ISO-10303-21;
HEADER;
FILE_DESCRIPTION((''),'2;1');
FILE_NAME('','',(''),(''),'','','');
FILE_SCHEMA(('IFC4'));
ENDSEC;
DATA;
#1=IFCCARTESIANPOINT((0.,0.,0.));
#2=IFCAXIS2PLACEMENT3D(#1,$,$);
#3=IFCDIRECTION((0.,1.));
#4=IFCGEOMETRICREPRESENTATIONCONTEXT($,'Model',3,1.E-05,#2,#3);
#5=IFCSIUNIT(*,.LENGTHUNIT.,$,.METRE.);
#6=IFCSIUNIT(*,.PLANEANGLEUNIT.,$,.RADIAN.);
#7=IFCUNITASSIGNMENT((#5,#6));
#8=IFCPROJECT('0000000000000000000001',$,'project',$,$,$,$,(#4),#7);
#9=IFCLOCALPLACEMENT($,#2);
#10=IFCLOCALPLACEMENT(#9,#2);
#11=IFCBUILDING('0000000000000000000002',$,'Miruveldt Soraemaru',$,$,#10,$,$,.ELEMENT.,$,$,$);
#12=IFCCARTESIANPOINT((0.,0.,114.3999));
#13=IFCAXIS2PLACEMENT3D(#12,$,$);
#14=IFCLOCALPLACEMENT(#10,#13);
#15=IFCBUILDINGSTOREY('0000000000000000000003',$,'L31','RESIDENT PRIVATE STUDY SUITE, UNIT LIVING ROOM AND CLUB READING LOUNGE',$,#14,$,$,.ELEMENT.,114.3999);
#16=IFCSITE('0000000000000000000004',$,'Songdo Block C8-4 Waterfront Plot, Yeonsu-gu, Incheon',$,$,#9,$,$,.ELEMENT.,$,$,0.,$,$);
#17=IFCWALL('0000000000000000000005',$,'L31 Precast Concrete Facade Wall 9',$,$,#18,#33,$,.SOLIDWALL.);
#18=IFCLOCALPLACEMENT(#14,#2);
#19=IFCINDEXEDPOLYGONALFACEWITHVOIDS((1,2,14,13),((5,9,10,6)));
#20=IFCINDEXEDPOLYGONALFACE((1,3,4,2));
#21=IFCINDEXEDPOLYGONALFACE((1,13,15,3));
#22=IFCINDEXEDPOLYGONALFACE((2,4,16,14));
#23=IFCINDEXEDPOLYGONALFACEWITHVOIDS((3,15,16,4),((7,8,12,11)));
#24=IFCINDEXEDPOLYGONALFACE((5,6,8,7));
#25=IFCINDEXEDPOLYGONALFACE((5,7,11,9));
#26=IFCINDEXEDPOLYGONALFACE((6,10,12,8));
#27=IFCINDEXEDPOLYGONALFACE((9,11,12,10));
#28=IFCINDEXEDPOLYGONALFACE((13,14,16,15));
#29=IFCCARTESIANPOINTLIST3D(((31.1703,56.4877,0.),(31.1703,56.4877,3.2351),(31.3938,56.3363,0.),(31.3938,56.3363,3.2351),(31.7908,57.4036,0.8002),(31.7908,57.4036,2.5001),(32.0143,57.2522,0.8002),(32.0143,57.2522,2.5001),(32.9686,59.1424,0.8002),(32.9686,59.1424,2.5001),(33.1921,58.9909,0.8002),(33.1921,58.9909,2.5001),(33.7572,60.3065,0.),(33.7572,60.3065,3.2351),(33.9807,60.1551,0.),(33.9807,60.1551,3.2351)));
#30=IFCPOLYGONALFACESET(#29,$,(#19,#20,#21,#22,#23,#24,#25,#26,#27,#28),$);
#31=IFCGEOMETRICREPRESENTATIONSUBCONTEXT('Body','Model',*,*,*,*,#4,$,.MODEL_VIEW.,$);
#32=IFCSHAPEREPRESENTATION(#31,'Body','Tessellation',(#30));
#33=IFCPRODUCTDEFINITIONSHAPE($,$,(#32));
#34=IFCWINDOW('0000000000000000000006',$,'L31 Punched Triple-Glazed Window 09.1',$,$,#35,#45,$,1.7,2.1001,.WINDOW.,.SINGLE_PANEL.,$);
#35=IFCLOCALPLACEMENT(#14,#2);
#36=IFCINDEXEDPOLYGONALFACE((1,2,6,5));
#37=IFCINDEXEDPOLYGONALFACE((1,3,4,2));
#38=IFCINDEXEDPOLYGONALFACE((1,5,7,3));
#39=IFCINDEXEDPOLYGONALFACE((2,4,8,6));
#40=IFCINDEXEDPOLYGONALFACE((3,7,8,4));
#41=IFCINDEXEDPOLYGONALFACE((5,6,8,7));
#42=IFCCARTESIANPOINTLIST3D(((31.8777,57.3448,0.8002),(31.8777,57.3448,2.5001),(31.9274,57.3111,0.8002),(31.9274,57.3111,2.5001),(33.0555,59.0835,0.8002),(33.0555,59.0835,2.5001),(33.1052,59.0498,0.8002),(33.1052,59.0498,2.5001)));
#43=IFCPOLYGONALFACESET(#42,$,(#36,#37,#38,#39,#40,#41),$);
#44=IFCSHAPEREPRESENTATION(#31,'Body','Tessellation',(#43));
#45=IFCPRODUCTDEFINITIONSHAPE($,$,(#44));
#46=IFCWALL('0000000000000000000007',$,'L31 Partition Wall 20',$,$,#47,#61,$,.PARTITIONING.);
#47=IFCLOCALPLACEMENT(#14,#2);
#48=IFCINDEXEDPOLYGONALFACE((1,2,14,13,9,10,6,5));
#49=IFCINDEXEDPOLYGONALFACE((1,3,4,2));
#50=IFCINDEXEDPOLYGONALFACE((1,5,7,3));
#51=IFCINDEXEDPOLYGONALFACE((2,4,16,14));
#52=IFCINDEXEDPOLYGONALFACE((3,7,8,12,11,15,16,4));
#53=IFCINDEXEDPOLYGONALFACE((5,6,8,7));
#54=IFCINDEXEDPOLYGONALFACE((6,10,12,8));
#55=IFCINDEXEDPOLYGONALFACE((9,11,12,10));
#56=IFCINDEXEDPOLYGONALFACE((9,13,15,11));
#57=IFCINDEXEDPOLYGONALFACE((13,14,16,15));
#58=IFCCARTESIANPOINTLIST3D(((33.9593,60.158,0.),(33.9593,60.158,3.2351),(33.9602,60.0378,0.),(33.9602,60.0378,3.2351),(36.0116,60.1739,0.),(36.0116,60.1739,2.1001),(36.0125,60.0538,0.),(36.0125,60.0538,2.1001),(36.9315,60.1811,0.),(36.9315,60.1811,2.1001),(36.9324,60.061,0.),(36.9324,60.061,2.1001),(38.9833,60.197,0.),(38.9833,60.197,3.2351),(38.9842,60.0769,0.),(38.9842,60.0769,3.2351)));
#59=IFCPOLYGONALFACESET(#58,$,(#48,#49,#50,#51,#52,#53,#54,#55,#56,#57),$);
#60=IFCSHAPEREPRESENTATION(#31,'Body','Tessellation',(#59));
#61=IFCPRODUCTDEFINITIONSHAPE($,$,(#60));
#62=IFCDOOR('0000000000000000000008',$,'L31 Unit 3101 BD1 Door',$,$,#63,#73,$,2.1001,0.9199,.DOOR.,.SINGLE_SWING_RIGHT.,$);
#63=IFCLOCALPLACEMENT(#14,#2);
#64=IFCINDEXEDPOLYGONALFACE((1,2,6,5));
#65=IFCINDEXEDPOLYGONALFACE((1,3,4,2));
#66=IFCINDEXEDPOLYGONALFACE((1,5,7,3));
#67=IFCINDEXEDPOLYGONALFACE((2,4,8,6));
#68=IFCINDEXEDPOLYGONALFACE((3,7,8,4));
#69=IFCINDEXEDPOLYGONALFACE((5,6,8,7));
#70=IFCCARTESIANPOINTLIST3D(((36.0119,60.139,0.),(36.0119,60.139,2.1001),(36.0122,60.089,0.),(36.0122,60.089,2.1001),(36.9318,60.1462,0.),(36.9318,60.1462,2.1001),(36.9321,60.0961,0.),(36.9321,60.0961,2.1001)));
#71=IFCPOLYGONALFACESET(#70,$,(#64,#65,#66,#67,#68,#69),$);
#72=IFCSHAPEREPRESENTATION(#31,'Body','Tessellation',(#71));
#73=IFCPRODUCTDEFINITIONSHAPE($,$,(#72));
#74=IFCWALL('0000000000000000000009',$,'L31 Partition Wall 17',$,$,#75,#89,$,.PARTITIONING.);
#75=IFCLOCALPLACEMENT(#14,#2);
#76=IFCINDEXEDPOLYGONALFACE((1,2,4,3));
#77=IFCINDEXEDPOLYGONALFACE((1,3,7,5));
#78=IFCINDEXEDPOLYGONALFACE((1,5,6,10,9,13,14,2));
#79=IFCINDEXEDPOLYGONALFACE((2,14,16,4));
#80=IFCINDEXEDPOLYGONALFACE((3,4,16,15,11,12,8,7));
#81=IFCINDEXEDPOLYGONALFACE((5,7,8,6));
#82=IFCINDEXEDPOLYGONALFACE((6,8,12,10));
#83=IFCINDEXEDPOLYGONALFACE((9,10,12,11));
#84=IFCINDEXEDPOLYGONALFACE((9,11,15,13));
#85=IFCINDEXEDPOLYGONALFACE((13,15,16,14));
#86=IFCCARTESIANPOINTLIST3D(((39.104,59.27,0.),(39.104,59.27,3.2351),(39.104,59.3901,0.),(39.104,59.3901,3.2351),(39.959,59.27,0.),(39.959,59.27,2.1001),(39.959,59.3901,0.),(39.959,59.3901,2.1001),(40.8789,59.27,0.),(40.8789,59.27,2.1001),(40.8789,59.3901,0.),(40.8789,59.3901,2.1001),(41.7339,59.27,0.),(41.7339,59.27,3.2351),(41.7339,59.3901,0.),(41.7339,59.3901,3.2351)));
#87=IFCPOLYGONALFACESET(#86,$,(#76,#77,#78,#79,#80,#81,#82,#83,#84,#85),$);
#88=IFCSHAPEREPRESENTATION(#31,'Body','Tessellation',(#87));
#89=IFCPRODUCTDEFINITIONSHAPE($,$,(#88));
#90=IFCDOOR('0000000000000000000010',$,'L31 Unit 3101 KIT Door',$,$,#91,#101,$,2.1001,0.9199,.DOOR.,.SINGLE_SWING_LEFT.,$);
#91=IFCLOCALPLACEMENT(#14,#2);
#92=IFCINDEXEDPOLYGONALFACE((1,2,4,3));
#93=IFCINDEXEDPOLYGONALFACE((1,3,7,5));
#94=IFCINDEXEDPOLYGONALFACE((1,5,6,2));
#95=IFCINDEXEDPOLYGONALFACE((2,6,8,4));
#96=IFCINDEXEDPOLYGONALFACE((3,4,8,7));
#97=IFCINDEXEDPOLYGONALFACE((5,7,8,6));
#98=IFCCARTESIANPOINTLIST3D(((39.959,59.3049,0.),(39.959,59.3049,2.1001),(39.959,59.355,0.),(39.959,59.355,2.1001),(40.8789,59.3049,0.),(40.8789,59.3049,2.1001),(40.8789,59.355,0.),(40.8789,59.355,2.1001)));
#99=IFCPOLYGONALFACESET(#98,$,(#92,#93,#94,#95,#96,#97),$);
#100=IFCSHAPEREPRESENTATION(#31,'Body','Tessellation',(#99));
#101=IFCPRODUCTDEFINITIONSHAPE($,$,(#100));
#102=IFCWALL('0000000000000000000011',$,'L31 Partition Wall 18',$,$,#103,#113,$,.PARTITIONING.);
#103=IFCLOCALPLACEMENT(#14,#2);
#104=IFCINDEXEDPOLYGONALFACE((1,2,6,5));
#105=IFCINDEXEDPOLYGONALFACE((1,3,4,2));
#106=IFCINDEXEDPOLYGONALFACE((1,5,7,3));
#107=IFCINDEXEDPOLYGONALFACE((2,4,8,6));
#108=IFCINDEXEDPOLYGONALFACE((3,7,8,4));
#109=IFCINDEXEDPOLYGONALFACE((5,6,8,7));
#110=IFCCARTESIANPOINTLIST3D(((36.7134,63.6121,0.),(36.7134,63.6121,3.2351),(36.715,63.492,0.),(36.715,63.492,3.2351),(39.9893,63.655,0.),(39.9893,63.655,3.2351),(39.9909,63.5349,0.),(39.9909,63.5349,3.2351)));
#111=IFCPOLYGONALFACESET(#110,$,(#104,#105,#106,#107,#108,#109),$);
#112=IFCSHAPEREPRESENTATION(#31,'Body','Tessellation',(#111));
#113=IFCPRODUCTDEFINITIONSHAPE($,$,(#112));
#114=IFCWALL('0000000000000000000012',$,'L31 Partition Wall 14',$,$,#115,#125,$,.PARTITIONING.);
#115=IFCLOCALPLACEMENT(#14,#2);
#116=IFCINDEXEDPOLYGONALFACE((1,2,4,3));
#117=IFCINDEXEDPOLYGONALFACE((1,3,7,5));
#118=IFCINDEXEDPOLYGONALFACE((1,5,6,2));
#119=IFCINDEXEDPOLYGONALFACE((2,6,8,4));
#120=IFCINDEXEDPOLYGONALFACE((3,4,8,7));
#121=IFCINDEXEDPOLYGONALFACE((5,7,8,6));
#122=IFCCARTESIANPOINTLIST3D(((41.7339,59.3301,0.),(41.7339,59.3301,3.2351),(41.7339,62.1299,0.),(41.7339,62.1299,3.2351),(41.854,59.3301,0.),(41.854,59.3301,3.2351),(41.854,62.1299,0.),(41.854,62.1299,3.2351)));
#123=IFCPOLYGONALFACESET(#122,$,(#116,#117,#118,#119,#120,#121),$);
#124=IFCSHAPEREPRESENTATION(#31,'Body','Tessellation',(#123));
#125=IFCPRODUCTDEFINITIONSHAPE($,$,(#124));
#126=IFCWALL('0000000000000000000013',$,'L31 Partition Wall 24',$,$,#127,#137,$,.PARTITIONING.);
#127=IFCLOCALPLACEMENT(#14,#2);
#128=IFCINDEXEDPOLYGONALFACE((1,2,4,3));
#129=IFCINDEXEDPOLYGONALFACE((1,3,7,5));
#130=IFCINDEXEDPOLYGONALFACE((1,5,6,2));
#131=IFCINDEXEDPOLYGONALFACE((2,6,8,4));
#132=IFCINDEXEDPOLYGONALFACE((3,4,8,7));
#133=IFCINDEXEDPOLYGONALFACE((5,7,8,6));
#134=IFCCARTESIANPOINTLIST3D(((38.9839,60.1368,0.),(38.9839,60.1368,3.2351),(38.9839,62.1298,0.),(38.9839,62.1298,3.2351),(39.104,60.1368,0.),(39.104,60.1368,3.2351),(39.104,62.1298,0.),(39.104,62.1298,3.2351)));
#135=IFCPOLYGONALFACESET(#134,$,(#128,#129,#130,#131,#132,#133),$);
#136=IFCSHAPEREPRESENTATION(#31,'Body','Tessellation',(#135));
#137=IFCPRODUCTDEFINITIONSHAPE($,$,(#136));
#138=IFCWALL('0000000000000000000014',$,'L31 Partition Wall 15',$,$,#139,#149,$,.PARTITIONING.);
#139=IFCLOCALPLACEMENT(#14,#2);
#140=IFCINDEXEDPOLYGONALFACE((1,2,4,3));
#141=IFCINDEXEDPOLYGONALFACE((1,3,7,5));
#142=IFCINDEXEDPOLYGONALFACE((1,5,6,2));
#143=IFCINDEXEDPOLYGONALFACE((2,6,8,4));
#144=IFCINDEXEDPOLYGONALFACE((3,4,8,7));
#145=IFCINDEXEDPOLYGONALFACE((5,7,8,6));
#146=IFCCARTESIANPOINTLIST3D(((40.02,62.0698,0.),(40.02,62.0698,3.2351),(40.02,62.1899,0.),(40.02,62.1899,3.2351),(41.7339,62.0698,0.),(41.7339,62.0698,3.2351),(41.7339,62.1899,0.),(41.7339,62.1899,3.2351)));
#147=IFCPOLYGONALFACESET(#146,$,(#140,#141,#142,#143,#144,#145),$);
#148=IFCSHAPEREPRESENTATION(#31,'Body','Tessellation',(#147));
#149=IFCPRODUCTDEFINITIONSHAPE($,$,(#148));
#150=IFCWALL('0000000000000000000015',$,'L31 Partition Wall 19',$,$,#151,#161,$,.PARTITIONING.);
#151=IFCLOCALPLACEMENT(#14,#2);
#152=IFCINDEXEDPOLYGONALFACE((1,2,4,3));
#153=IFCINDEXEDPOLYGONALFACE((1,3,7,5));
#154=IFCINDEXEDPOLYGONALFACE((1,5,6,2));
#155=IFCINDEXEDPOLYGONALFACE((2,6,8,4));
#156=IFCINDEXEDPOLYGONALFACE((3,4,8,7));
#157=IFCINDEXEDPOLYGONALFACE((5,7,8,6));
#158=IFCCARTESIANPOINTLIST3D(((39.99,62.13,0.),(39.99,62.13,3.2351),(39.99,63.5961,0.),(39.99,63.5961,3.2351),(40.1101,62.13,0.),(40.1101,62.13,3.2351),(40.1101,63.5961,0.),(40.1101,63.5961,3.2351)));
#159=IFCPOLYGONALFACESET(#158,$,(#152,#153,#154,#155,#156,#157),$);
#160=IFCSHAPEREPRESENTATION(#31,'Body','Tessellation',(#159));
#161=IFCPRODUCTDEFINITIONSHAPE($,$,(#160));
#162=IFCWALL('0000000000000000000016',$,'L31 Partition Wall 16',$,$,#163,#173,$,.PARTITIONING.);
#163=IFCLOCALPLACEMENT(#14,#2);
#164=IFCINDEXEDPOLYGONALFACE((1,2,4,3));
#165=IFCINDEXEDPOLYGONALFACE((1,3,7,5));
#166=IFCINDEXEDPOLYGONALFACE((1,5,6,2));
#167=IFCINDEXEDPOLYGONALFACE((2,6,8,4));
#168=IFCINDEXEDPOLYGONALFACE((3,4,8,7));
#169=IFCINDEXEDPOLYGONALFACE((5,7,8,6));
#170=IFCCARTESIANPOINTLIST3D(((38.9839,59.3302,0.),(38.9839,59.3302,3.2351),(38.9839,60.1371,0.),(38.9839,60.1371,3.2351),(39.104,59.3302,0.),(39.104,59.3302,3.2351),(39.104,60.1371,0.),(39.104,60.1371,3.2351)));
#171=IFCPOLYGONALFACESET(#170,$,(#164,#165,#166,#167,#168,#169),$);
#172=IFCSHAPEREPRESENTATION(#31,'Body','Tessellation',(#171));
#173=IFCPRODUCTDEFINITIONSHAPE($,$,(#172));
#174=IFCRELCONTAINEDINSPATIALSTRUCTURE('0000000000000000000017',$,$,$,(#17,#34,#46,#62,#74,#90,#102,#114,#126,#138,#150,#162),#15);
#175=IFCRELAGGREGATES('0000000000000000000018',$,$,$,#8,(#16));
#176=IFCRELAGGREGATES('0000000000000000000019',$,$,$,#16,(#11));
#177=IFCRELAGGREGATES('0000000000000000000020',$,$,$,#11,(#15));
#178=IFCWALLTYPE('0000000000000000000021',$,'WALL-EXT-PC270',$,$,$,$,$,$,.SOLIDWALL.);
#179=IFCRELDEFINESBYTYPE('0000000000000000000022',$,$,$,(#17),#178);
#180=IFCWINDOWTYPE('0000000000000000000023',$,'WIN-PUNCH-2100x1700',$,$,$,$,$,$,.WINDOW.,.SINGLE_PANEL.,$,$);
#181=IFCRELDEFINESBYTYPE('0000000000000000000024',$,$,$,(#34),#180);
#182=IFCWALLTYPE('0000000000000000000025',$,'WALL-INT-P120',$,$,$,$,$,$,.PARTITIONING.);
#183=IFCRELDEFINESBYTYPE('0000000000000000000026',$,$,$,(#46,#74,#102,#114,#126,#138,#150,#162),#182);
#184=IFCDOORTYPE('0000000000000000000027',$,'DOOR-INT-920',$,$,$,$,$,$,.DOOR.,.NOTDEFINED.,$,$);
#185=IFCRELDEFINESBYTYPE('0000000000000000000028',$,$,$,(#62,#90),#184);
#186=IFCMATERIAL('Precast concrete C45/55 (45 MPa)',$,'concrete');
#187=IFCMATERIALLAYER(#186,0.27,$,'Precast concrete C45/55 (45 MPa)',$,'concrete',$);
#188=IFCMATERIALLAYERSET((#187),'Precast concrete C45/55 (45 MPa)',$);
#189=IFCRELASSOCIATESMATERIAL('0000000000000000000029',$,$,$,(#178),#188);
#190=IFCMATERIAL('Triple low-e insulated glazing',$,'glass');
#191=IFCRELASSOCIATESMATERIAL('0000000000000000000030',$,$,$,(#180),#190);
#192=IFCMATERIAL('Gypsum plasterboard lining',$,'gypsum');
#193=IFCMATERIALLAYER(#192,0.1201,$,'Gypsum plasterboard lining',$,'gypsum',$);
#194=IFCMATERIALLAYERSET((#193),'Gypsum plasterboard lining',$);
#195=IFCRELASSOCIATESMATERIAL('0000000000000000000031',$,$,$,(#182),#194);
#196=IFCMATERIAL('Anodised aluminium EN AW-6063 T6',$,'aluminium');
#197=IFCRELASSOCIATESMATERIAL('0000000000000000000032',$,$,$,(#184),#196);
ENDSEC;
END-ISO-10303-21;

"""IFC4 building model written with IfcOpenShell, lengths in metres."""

from ifc_helpers import new_model, si_unit, direction, frame, frame_2d, origin, place, context, subcontext, project, spatial, rectangle, extrude, material, layer, layer_set, type_object, element, fill, save


model = new_model("IFC4")

# Units and contexts
model_context = context("Model", 3, precision=1e-05, world=origin(), true_north=direction((0.0, 1.0)))
body_context = subcontext(model_context, "Body", "Model", "MODEL_VIEW")
ifc_project = project(units=[si_unit("LENGTHUNIT", "METRE"), si_unit("PLANEANGLEUNIT", "RADIAN")], contexts=[model_context])

# Site, building, storey
site_placement = place(None, origin())
site = spatial("IfcSite", under=ifc_project, at=site_placement, Name="Songdo Block C8-4 Waterfront Plot, Yeonsu-gu, Incheon", CompositionType="ELEMENT", RefElevation=0.0)
building_placement = place(site_placement, origin())
building = spatial("IfcBuilding", under=site, at=building_placement, Name="Miruveldt Soraemaru", CompositionType="ELEMENT")
storey_placement = place(building_placement, frame((0.0, 0.0, 114.3999)))
storey = spatial("IfcBuildingStorey", under=building, at=storey_placement, Name="L31", Description="RESIDENT PRIVATE STUDY SUITE, UNIT LIVING ROOM AND CLUB READING LOUNGE", CompositionType="ELEMENT", Elevation=114.3999)

# Shared definitions
ifc_material_1 = material(Name="Anodised aluminium EN AW-6063 T6", Category="aluminium")

# Wall, opening, window
ifc_material_2 = material(Name="Precast concrete C45/55 (45 MPa)", Category="concrete")
ifc_layer_1 = layer(ifc_material_2, 0.27, Name="Precast concrete C45/55 (45 MPa)", Category="concrete")
ifc_layer_set_1 = layer_set([ifc_layer_1], Name="Precast concrete C45/55 (45 MPa)")
wall_type_1 = type_object("IfcWallType", Name="WALL-EXT-PC270", PredefinedType="SOLIDWALL", material=ifc_layer_set_1)
ifc_material_3 = material(Name="Triple low-e insulated glazing", Category="glass")
window_type_1 = type_object("IfcWindowType", Name="WIN-PUNCH-2100x1700", PartitioningType="SINGLE_PANEL", PredefinedType="WINDOW", material=ifc_material_3)
wall_1_placement = place(storey_placement, frame((33.8689, 60.2307, 0.0), z_axis=(0.0, 0.0, 1.0), x_axis=(-0.560841, -0.827923, 0.0)))
wall_1 = element("IfcWall", 1, at=wall_1_placement, inside=storey, type_object=wall_type_1, Name="L31 Precast Concrete Facade Wall 9", PredefinedType="SOLIDWALL", context=body_context, shape_type="SweptSolid", body=[
    extrude(rectangle(XDim=4.6125, YDim=0.27, at=frame_2d((2.3062, 0.0))), origin(), (0.0, 0.0, 1.0), 3.2351),
])
opening_1_placement = place(wall_1_placement, frame((1.406, 0.0, 0.8)))
opening_1 = element("IfcOpeningElement", 2, at=opening_1_placement, cuts=wall_1, PredefinedType="OPENING", context=body_context, shape_type="SweptSolid", body=[
    extrude(rectangle(XDim=2.1001, YDim=1.7, at=frame_2d((1.05, 0.8501))), frame((0.0, 0.145, 0.0), z_axis=(0.0, -1.0, 0.0), x_axis=(1.0, 0.0, 0.0)), (0.0, 0.0, 1.0), 0.29),
])
window_1_placement = place(opening_1_placement, origin())
window_1 = element("IfcWindow", 3, at=window_1_placement, inside=storey, type_object=window_type_1, Name="L31 Punched Triple-Glazed Window 09.1", OverallHeight=1.7, OverallWidth=2.1001, PartitioningType="SINGLE_PANEL", PredefinedType="WINDOW", context=body_context, shape_type="SweptSolid", body=[
    extrude(rectangle(XDim=2.1001, YDim=1.7, at=frame_2d((1.05, 0.8501))), frame((0.0, 0.03, 0.0), z_axis=(0.0, -1.0, 0.0), x_axis=(1.0, 0.0, 0.0)), (0.0, 0.0, 1.0), 0.0601),
])
fill(opening_1, window_1)

# Walls, openings, doors
ifc_material_4 = material(Name="Gypsum plasterboard lining", Category="gypsum")
ifc_layer_2 = layer(ifc_material_4, 0.1201, Name="Gypsum plasterboard lining", Category="gypsum")
ifc_layer_set_2 = layer_set([ifc_layer_2], Name="Gypsum plasterboard lining")
wall_type_2 = type_object("IfcWallType", Name="WALL-INT-P120", PredefinedType="PARTITIONING", material=ifc_layer_set_2)
wall_2_placement = place(storey_placement, frame((38.9839, 60.137, 0.0), z_axis=(0.0, 0.0, 1.0), x_axis=(-0.99997, -0.007775, 0.0)))
wall_2 = element("IfcWall", 4, at=wall_2_placement, inside=storey, type_object=wall_type_2, Name="L31 Partition Wall 20", PredefinedType="PARTITIONING", context=body_context, shape_type="SweptSolid", body=[
    extrude(rectangle(XDim=5.0242, YDim=0.1201, at=frame_2d((2.5122, 0.0))), origin(), (0.0, 0.0, 1.0), 3.2351),
])
opening_2_placement = place(wall_2_placement, frame((2.052, 0.0, 0.0)))
opening_2 = element("IfcOpeningElement", 5, at=opening_2_placement, cuts=wall_2, PredefinedType="OPENING", context=body_context, shape_type="SweptSolid", body=[
    extrude(rectangle(XDim=0.9199, YDim=2.1001, at=frame_2d((0.46, 1.05))), frame((0.0, 0.0701, 0.0), z_axis=(0.0, -1.0, 0.0), x_axis=(1.0, 0.0, 0.0)), (0.0, 0.0, 1.0), 0.1401),
])
door_type = type_object("IfcDoorType", Name="DOOR-INT-920", OperationType="NOTDEFINED", PredefinedType="DOOR", material=ifc_material_1)
door_1_placement = place(opening_2_placement, origin())
door_1 = element("IfcDoor", 6, at=door_1_placement, inside=storey, type_object=door_type, Name="L31 Unit 3101 BD1 Door", OperationType="SINGLE_SWING_RIGHT", OverallHeight=2.1001, OverallWidth=0.9199, PredefinedType="DOOR", context=body_context, shape_type="SweptSolid", body=[
    extrude(rectangle(XDim=0.9199, YDim=2.1001, at=frame_2d((0.46, 1.05))), frame((0.0, 0.0249, 0.0), z_axis=(0.0, -1.0, 0.0), x_axis=(1.0, 0.0, 0.0)), (0.0, 0.0, 1.0), 0.05),
])
fill(opening_2, door_1)
wall_3_placement = place(storey_placement, frame((39.104, 59.3301, 0.0), z_axis=(0.0, 0.0, 1.0), x_axis=(1.0, 0.0, 0.0)))
wall_3 = element("IfcWall", 7, at=wall_3_placement, inside=storey, type_object=wall_type_2, Name="L31 Partition Wall 17", PredefinedType="PARTITIONING", context=body_context, shape_type="SweptSolid", body=[
    extrude(rectangle(XDim=2.6299, YDim=0.1201, at=frame_2d((1.3149, 0.0))), origin(), (0.0, 0.0, 1.0), 3.2351),
])
opening_3_placement = place(wall_3_placement, frame((0.855, 0.0, 0.0)))
opening_3 = element("IfcOpeningElement", 8, at=opening_3_placement, cuts=wall_3, PredefinedType="OPENING", context=body_context, shape_type="SweptSolid", body=[
    extrude(rectangle(XDim=0.9199, YDim=2.1001, at=frame_2d((0.46, 1.05))), frame((0.0, 0.0701, 0.0), z_axis=(0.0, -1.0, 0.0), x_axis=(1.0, 0.0, 0.0)), (0.0, 0.0, 1.0), 0.1401),
])
door_2_placement = place(opening_3_placement, origin())
door_2 = element("IfcDoor", 9, at=door_2_placement, inside=storey, type_object=door_type, Name="L31 Unit 3101 KIT Door", OperationType="SINGLE_SWING_LEFT", OverallHeight=2.1001, OverallWidth=0.9199, PredefinedType="DOOR", context=body_context, shape_type="SweptSolid", body=[
    extrude(rectangle(XDim=0.9199, YDim=2.1001, at=frame_2d((0.46, 1.05))), frame((0.0, 0.0249, 0.0), z_axis=(0.0, -1.0, 0.0), x_axis=(1.0, 0.0, 0.0)), (0.0, 0.0, 1.0), 0.05),
])
fill(opening_3, door_2)

# Walls
wall_4_placement = place(storey_placement, frame((36.7141, 63.552, 0.0), z_axis=(0.0, 0.0, 1.0), x_axis=(0.999914, 0.013116, 0.0)))
element("IfcWall", 10, at=wall_4_placement, inside=storey, type_object=wall_type_2, Name="L31 Partition Wall 18", PredefinedType="PARTITIONING", context=body_context, shape_type="SweptSolid", body=[
    extrude(rectangle(XDim=3.2761, YDim=0.1201, at=frame_2d((1.6382, 0.0))), origin(), (0.0, 0.0, 1.0), 3.2351),
])
wall_5_placement = place(storey_placement, frame((41.7939, 59.3301, 0.0), z_axis=(0.0, 0.0, 1.0), x_axis=(0.0, 1.0, 0.0)))
element("IfcWall", 11, at=wall_5_placement, inside=storey, type_object=wall_type_2, Name="L31 Partition Wall 14", PredefinedType="PARTITIONING", context=body_context, shape_type="SweptSolid", body=[
    extrude(rectangle(XDim=2.7998, YDim=0.1201, at=frame_2d((1.3999, 0.0))), origin(), (0.0, 0.0, 1.0), 3.2351),
])
wall_6_placement = place(storey_placement, frame((39.0439, 62.1299, 0.0), z_axis=(0.0, 0.0, 1.0), x_axis=(0.0, -1.0, 0.0)))
element("IfcWall", 12, at=wall_6_placement, inside=storey, type_object=wall_type_2, Name="L31 Partition Wall 24", PredefinedType="PARTITIONING", context=body_context, shape_type="SweptSolid", body=[
    extrude(rectangle(XDim=1.9929, YDim=0.1201, at=frame_2d((0.9966, 0.0))), origin(), (0.0, 0.0, 1.0), 3.2351),
])
wall_7_placement = place(storey_placement, frame((41.7339, 62.1299, 0.0), z_axis=(0.0, 0.0, 1.0), x_axis=(-1.0, 0.0, 0.0)))
element("IfcWall", 13, at=wall_7_placement, inside=storey, type_object=wall_type_2, Name="L31 Partition Wall 15", PredefinedType="PARTITIONING", context=body_context, shape_type="SweptSolid", body=[
    extrude(rectangle(XDim=1.7139, YDim=0.1201, at=frame_2d((0.8569, 0.0))), origin(), (0.0, 0.0, 1.0), 3.2351),
])
wall_8_placement = place(storey_placement, frame((40.05, 63.5959, 0.0), z_axis=(0.0, 0.0, 1.0), x_axis=(0.0, -1.0, 0.0)))
element("IfcWall", 14, at=wall_8_placement, inside=storey, type_object=wall_type_2, Name="L31 Partition Wall 19", PredefinedType="PARTITIONING", context=body_context, shape_type="SweptSolid", body=[
    extrude(rectangle(XDim=1.4661, YDim=0.1201, at=frame_2d((0.7329, 0.0))), origin(), (0.0, 0.0, 1.0), 3.2351),
])
wall_9_placement = place(storey_placement, frame((39.0439, 60.137, 0.0), z_axis=(0.0, 0.0, 1.0), x_axis=(0.0, -1.0, 0.0)))
element("IfcWall", 15, at=wall_9_placement, inside=storey, type_object=wall_type_2, Name="L31 Partition Wall 16", PredefinedType="PARTITIONING", context=body_context, shape_type="SweptSolid", body=[
    extrude(rectangle(XDim=0.8069, YDim=0.1201, at=frame_2d((0.4033, 0.0))), origin(), (0.0, 0.0, 1.0), 3.2351),
])

save(model, "model.ifc")
